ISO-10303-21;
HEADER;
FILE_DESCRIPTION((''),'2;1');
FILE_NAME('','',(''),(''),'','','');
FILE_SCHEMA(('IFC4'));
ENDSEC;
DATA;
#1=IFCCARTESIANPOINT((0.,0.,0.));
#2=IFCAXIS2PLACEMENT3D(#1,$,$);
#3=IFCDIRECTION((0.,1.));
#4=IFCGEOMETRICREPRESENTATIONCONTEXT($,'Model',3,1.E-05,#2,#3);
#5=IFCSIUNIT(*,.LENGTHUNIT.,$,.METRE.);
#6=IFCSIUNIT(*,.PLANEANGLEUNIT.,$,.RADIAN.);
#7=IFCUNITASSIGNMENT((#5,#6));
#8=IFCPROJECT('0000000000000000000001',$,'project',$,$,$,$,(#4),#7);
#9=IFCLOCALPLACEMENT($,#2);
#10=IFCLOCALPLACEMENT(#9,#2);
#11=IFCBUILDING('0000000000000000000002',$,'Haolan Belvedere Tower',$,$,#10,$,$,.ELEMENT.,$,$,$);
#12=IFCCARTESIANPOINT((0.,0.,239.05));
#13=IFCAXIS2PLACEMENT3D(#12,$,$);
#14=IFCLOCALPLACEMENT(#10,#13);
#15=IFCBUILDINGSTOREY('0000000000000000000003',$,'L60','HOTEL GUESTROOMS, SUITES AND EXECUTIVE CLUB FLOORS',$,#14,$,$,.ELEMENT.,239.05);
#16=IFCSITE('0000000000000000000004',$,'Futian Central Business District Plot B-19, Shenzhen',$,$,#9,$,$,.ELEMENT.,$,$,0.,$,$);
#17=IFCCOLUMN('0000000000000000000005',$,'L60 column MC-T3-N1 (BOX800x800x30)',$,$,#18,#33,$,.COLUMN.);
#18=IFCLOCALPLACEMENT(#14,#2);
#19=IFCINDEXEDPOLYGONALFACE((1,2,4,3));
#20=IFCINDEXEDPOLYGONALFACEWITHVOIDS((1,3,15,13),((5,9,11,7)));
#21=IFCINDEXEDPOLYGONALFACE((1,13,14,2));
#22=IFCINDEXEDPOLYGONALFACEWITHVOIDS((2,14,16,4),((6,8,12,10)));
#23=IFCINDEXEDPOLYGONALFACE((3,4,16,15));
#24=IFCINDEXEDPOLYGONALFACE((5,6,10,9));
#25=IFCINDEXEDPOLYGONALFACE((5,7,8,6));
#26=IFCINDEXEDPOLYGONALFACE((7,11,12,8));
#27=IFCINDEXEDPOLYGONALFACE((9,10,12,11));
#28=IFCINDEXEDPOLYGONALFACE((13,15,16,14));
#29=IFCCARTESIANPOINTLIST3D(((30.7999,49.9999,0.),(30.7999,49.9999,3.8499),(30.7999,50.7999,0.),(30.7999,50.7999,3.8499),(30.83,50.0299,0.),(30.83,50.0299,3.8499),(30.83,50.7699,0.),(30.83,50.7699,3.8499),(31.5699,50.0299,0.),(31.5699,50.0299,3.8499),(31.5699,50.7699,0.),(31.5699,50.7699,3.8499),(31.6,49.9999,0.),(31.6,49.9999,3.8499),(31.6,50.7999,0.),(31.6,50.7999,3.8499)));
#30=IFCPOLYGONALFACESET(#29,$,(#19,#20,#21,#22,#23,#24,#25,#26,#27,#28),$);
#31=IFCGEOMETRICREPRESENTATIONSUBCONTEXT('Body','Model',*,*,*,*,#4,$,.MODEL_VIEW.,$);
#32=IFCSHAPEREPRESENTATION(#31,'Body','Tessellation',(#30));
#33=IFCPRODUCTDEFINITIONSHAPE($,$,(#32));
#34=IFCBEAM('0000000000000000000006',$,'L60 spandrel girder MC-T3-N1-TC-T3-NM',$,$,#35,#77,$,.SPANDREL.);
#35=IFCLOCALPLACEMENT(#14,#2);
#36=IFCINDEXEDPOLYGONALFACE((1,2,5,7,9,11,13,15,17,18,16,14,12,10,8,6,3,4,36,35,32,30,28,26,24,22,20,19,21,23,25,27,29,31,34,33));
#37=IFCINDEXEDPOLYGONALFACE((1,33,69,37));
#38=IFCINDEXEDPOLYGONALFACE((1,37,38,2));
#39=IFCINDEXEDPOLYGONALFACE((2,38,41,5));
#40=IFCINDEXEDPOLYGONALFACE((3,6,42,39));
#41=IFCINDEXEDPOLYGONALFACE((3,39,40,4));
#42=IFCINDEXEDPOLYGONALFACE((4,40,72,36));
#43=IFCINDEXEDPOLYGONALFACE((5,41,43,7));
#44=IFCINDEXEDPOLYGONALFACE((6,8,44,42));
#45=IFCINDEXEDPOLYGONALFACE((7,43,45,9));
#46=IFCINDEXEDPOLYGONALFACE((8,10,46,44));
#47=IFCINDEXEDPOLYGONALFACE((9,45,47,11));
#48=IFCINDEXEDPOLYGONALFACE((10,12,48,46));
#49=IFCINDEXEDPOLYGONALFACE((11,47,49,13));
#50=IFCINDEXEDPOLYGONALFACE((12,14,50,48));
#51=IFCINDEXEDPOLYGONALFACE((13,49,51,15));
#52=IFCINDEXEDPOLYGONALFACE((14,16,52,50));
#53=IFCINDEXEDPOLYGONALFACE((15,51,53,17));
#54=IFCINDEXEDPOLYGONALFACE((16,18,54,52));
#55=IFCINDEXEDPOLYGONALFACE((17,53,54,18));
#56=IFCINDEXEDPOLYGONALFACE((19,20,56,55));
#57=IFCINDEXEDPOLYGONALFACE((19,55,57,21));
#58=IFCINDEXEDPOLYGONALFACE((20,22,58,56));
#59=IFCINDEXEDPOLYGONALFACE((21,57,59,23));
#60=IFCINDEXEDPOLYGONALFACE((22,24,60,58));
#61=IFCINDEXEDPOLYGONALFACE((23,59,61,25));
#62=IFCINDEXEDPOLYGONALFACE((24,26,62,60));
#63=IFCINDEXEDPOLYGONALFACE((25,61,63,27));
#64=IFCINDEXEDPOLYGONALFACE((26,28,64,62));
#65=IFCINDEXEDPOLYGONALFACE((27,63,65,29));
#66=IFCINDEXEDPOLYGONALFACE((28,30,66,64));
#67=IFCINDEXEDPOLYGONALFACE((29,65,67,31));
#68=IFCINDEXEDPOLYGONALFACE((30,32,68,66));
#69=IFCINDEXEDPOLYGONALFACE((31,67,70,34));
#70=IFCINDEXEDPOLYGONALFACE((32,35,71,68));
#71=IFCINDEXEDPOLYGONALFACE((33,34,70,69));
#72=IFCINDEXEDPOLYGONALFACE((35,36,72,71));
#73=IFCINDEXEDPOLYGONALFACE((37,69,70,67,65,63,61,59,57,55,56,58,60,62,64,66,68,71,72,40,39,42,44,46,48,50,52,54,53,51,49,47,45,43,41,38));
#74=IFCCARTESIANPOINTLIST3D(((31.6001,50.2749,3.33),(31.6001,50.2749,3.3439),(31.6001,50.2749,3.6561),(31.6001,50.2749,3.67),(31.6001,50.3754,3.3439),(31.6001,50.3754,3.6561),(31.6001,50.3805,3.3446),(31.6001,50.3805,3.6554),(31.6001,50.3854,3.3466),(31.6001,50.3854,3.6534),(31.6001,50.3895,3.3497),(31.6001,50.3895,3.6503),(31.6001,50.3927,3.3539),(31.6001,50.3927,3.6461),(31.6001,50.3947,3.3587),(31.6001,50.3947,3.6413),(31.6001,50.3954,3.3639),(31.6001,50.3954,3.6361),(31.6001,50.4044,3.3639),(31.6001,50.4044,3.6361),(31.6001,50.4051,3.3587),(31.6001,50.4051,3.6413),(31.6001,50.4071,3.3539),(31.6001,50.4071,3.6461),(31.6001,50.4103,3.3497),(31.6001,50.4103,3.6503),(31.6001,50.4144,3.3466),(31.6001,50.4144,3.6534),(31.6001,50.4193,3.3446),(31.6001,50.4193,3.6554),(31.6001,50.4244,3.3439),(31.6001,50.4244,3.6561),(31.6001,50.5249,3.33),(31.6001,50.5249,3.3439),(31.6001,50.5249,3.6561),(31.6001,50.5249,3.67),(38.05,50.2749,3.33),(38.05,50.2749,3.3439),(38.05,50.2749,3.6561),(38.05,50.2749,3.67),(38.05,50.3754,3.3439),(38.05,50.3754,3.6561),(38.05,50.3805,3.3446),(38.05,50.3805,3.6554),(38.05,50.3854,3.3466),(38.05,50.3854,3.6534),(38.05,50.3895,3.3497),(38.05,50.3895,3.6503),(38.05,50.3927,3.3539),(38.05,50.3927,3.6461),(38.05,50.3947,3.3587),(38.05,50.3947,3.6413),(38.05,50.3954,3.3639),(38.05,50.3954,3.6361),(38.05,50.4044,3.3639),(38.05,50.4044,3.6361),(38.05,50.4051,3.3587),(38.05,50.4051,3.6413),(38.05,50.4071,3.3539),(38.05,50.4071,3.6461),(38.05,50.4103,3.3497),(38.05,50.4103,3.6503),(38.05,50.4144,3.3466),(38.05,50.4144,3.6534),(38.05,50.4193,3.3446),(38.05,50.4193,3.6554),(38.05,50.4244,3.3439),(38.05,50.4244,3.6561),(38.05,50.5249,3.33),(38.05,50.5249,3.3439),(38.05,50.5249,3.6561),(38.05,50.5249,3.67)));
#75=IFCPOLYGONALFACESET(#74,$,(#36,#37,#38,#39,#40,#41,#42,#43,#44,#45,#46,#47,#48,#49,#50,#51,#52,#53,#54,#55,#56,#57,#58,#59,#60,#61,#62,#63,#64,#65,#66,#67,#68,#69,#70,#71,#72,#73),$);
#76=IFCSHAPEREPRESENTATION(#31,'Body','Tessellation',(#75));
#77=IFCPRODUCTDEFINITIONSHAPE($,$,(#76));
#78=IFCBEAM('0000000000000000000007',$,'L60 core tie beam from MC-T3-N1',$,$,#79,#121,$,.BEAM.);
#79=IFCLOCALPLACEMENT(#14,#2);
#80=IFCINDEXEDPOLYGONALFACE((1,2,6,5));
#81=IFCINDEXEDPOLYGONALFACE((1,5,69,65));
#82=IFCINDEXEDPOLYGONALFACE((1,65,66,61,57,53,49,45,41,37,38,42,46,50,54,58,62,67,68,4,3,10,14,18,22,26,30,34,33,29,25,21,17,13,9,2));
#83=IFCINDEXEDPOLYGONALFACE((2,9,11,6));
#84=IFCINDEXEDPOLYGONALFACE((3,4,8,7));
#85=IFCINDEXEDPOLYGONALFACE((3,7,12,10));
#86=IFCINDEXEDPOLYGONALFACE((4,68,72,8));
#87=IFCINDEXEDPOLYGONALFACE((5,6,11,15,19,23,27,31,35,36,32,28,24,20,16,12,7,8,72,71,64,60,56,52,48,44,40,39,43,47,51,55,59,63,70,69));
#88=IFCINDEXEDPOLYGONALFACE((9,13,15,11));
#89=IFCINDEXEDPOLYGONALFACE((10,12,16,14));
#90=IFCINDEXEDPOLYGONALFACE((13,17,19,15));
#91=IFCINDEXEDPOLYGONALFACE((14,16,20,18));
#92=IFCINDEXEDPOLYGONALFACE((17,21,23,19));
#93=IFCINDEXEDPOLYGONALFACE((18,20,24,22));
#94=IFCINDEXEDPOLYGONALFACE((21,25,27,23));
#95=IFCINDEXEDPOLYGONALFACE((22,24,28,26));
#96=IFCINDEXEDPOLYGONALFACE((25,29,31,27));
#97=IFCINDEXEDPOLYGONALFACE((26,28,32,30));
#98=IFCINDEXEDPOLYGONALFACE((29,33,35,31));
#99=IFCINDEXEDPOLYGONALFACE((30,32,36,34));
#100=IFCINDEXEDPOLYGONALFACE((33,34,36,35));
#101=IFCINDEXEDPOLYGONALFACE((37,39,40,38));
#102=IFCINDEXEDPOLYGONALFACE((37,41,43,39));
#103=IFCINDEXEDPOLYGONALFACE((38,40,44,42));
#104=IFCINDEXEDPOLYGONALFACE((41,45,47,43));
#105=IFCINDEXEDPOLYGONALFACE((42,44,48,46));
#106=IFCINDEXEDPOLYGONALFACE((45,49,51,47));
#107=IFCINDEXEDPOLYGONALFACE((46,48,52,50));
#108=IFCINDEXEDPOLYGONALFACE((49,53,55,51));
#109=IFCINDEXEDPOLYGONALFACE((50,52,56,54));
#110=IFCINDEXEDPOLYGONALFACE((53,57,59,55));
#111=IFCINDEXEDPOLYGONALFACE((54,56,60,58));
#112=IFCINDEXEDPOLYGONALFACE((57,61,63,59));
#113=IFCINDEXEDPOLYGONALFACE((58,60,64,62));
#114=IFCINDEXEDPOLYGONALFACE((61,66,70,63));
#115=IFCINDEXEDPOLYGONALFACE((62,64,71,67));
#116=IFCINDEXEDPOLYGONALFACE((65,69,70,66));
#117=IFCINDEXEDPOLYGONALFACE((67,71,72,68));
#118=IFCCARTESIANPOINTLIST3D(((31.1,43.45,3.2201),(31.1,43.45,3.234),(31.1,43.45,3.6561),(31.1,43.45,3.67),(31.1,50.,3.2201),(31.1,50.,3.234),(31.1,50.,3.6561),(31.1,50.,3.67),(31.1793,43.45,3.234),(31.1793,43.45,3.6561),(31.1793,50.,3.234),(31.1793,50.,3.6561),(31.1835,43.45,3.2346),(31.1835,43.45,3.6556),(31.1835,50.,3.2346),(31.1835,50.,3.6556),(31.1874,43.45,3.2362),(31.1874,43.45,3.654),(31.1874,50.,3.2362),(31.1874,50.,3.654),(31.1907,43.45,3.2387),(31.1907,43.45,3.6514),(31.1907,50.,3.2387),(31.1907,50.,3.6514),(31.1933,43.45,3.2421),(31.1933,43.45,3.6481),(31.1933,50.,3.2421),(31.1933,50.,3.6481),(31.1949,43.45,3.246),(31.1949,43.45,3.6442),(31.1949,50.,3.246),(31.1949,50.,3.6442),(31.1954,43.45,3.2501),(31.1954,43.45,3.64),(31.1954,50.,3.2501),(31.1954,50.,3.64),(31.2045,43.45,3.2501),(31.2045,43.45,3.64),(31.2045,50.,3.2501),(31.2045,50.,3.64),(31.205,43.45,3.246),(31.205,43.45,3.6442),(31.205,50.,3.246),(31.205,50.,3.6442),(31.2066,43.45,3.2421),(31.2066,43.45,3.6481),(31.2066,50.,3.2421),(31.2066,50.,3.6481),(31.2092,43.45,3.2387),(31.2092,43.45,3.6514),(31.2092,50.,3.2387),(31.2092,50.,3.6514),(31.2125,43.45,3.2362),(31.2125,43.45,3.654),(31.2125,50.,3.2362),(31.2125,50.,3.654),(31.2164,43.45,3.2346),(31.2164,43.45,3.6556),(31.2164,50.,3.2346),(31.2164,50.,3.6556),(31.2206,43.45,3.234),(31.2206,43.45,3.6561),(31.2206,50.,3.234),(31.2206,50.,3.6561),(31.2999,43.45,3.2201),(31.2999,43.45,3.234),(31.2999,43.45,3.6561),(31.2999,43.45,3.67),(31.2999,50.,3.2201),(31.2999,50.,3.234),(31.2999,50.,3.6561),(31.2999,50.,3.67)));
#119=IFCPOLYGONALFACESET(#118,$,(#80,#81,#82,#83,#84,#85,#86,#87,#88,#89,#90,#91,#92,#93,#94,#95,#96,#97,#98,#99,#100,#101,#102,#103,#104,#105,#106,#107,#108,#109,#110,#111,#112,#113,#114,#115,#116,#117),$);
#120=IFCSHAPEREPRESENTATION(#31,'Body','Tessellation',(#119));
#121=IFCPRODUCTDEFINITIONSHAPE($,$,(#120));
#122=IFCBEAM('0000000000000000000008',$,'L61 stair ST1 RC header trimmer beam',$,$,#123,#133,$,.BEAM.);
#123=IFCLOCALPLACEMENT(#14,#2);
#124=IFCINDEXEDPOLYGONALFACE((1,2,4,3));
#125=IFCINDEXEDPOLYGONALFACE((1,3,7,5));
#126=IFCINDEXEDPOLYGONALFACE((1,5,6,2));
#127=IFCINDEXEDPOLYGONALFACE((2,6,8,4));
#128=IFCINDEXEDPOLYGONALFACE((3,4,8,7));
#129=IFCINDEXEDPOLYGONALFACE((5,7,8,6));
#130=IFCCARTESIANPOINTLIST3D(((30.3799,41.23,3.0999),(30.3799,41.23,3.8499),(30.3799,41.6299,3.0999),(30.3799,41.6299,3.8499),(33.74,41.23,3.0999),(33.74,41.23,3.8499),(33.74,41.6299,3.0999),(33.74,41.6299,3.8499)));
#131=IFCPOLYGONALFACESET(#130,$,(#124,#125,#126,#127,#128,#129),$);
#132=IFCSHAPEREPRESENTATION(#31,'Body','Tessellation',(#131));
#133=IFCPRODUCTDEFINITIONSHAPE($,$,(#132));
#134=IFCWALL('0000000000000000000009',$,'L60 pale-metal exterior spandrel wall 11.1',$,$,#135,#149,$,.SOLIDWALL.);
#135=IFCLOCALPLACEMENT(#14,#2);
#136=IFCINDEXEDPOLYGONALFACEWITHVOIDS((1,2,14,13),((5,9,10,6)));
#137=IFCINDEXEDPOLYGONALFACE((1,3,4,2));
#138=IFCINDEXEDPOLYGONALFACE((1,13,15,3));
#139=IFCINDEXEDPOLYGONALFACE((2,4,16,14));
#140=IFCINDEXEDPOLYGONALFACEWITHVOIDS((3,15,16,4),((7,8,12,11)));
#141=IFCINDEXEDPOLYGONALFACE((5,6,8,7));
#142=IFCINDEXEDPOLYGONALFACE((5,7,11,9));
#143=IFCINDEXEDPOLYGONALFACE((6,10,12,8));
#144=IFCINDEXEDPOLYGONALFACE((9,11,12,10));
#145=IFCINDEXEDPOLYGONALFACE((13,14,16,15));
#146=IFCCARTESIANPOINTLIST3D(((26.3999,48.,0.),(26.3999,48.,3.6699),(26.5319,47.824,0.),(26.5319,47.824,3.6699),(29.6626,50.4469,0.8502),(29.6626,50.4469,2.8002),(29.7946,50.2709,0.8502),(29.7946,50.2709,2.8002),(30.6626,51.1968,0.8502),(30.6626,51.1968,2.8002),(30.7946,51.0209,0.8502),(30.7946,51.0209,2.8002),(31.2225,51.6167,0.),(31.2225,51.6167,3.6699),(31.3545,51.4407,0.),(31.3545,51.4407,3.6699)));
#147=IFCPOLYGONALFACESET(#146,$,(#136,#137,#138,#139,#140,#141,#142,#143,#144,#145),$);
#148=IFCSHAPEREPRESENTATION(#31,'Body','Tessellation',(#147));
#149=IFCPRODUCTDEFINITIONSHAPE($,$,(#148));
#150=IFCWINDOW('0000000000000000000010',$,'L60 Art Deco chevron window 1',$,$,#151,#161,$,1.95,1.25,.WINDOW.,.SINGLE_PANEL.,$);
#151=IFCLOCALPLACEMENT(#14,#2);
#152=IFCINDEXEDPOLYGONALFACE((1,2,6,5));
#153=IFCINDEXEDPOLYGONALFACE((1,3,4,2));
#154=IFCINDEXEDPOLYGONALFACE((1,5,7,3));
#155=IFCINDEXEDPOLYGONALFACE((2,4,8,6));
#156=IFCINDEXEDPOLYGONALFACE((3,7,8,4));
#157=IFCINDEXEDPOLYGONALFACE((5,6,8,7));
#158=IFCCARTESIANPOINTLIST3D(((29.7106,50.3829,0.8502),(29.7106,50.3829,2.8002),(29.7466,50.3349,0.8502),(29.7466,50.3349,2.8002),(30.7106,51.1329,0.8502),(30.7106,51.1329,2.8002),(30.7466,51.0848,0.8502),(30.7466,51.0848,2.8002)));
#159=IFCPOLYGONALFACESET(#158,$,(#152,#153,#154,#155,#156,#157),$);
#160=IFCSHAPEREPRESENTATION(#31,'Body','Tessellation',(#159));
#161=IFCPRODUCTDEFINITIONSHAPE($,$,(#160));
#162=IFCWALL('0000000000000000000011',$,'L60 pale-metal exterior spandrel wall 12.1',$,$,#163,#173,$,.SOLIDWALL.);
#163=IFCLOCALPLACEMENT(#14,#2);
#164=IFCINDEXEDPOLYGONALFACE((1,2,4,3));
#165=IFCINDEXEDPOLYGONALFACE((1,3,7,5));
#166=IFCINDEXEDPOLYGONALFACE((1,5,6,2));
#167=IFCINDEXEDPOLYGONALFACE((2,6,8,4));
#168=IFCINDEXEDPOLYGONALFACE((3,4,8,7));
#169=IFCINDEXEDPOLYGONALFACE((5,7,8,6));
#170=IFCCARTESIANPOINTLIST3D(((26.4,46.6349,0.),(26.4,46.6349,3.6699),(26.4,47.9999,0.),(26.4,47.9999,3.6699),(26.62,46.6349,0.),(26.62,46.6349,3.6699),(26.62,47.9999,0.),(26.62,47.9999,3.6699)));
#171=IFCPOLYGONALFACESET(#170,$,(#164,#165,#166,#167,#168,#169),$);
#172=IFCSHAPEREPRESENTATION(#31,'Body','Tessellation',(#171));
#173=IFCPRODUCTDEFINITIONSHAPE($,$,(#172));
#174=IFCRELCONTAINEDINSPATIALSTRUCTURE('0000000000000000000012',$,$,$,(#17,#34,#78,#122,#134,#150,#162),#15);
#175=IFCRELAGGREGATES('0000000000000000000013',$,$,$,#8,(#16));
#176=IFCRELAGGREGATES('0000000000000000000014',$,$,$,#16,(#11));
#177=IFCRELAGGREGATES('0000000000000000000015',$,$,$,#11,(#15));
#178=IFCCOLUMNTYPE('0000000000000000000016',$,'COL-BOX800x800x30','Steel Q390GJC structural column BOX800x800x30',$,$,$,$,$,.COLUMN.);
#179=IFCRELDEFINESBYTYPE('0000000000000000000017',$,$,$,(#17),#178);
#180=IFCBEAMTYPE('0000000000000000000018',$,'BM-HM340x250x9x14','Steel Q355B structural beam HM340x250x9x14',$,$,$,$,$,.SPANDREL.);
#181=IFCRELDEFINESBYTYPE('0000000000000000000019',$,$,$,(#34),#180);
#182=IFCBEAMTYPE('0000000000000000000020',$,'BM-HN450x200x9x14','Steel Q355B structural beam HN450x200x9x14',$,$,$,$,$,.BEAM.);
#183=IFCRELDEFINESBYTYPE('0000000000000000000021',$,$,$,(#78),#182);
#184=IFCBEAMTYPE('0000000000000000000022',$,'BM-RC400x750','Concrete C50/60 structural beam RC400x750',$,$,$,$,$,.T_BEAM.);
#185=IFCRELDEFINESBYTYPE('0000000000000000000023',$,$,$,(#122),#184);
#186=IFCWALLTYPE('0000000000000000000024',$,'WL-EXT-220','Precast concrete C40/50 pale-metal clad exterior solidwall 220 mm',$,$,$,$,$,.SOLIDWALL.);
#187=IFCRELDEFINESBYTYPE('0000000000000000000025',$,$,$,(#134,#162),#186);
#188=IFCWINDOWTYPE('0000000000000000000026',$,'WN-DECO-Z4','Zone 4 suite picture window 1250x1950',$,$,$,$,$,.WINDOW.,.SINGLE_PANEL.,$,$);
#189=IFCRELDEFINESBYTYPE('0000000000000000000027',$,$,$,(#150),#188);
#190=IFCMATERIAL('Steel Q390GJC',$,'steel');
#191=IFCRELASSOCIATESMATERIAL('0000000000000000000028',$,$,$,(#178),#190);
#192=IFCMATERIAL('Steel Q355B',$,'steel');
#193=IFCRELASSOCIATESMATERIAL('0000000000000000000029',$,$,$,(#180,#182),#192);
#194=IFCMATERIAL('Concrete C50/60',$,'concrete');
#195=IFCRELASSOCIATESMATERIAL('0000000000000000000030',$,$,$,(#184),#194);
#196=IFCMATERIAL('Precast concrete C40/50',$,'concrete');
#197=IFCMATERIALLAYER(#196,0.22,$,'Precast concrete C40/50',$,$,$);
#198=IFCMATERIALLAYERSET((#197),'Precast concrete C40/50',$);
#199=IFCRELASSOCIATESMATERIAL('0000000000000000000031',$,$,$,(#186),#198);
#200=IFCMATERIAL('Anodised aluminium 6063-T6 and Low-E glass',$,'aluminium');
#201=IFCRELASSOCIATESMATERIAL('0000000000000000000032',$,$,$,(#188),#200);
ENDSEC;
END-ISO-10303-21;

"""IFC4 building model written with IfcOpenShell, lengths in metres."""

from ifc_helpers import new_model, si_unit, direction, frame, frame_2d, origin, origin_2d, place, context, subcontext, project, spatial, rectangle, hollow_rectangle, i_section, extrude, material, layer, layer_set, material_profile, profile_set, type_object, element, fill, save


model = new_model("IFC4")

# Units and contexts
model_context = context("Model", 3, precision=1e-05, world=origin(), true_north=direction((0.0, 1.0)))
body_context = subcontext(model_context, "Body", "Model", "MODEL_VIEW")
ifc_project = project(units=[si_unit("LENGTHUNIT", "METRE"), si_unit("PLANEANGLEUNIT", "RADIAN")], contexts=[model_context])

# Site, building, storey
site_placement = place(None, origin())
site = spatial("IfcSite", under=ifc_project, at=site_placement, Name="Futian Central Business District Plot B-19, Shenzhen", CompositionType="ELEMENT", RefElevation=0.0)
building_placement = place(site_placement, origin())
building = spatial("IfcBuilding", under=site, at=building_placement, Name="Haolan Belvedere Tower", CompositionType="ELEMENT")
storey_placement = place(building_placement, frame((0.0, 0.0, 239.05)))
storey = spatial("IfcBuildingStorey", under=building, at=storey_placement, Name="L60", Description="HOTEL GUESTROOMS, SUITES AND EXECUTIVE CLUB FLOORS", CompositionType="ELEMENT", Elevation=239.05)

# Column
ifc_material_1 = material(Name="Steel Q390GJC", Category="steel")
ifc_material_profile_1 = material_profile(ifc_material_1, hollow_rectangle(XDim=0.8, YDim=0.8, WallThickness=0.03, at=origin_2d()), Name="Steel Q390GJC")
ifc_profile_set_1 = profile_set([ifc_material_profile_1], Name="Steel Q390GJC")
column_type = type_object("IfcColumnType", Name="COL-BOX800x800x30", Description="Steel Q390GJC structural column BOX800x800x30", PredefinedType="COLUMN", material=ifc_profile_set_1)
column_placement = place(storey_placement, frame((31.2, 50.3999, 0.0), z_axis=(0.0, 0.0, 1.0), x_axis=(1.0, 0.0, 0.0)))
element("IfcColumn", 1, at=column_placement, inside=storey, type_object=column_type, Name="L60 column MC-T3-N1 (BOX800x800x30)", PredefinedType="COLUMN", context=body_context, shape_type="SweptSolid", body=[
    extrude(hollow_rectangle(XDim=0.8, YDim=0.8, WallThickness=0.03, at=origin_2d()), origin(), (0.0, 0.0, 1.0), 3.8499),
])

# Beams
ifc_material_2 = material(Name="Steel Q355B", Category="steel")
ifc_material_profile_2 = material_profile(ifc_material_2, i_section(OverallWidth=0.25, OverallDepth=0.3401, WebThickness=0.009, FlangeThickness=0.0139, FilletRadius=0.02, at=origin_2d()), Name="Steel Q355B")
ifc_profile_set_2 = profile_set([ifc_material_profile_2], Name="Steel Q355B")
beam_type_1 = type_object("IfcBeamType", Name="BM-HM340x250x9x14", Description="Steel Q355B structural beam HM340x250x9x14", PredefinedType="SPANDREL", material=ifc_profile_set_2)
beam_1_placement = place(storey_placement, frame((31.6001, 50.3999, 3.5), z_axis=(1.0, 0.0, 0.0), x_axis=(0.0, 1.0, 0.0)))
element("IfcBeam", 2, at=beam_1_placement, inside=storey, type_object=beam_type_1, Name="L60 spandrel girder MC-T3-N1-TC-T3-NM", PredefinedType="SPANDREL", context=body_context, shape_type="SweptSolid", body=[
    extrude(i_section(OverallWidth=0.25, OverallDepth=0.3401, WebThickness=0.009, FlangeThickness=0.0139, FilletRadius=0.02, at=origin_2d()), origin(), (0.0, 0.0, 1.0), 6.45),
])
ifc_material_profile_3 = material_profile(ifc_material_2, i_section(OverallWidth=0.2, OverallDepth=0.45, WebThickness=0.009, FlangeThickness=0.0139, FilletRadius=0.0161, at=origin_2d()), Name="Steel Q355B")
ifc_profile_set_3 = profile_set([ifc_material_profile_3], Name="Steel Q355B")
beam_type_2 = type_object("IfcBeamType", Name="BM-HN450x200x9x14", Description="Steel Q355B structural beam HN450x200x9x14", PredefinedType="BEAM", material=ifc_profile_set_3)
beam_2_placement = place(storey_placement, frame((31.2, 50.0, 3.4451), z_axis=(0.0, -1.0, 0.0), x_axis=(1.0, 0.0, 0.0)))
element("IfcBeam", 3, at=beam_2_placement, inside=storey, type_object=beam_type_2, Name="L60 core tie beam from MC-T3-N1", PredefinedType="BEAM", context=body_context, shape_type="SweptSolid", body=[
    extrude(i_section(OverallWidth=0.2, OverallDepth=0.45, WebThickness=0.009, FlangeThickness=0.0139, FilletRadius=0.0161, at=origin_2d()), origin(), (0.0, 0.0, 1.0), 6.55),
])
ifc_material_3 = material(Name="Concrete C50/60", Category="concrete")
ifc_material_profile_4 = material_profile(ifc_material_3, rectangle(XDim=0.3999, YDim=0.75, at=origin_2d()), Name="Concrete C50/60")
ifc_profile_set_4 = profile_set([ifc_material_profile_4], Name="Concrete C50/60")
beam_type_3 = type_object("IfcBeamType", Name="BM-RC400x750", Description="Concrete C50/60 structural beam RC400x750", PredefinedType="T_BEAM", material=ifc_profile_set_4)
beam_3_placement = place(storey_placement, frame((30.3799, 41.4299, 3.4749), z_axis=(1.0, 0.0, 0.0), x_axis=(0.0, 1.0, 0.0)))
element("IfcBeam", 4, at=beam_3_placement, inside=storey, type_object=beam_type_3, Name="L61 stair ST1 RC header trimmer beam", PredefinedType="BEAM", context=body_context, shape_type="SweptSolid", body=[
    extrude(rectangle(XDim=0.3999, YDim=0.75, at=origin_2d()), origin(), (0.0, 0.0, 1.0), 3.3601),
])

# Wall, opening, window
ifc_material_4 = material(Name="Precast concrete C40/50", Category="concrete")
ifc_layer_1 = layer(ifc_material_4, 0.22, Name="Precast concrete C40/50")
ifc_layer_set_1 = layer_set([ifc_layer_1], Name="Precast concrete C40/50")
wall_type_1 = type_object("IfcWallType", Name="WL-EXT-220", Description="Precast concrete C40/50 pale-metal clad exterior solidwall 220 mm", PredefinedType="SOLIDWALL", material=ifc_layer_set_1)
wall_1_placement = place(storey_placement, frame((31.2886, 51.5288, 0.0), z_axis=(0.0, 0.0, 1.0), x_axis=(-0.800015, -0.599981, 0.0)))
wall_1 = element("IfcWall", 5, at=wall_1_placement, inside=storey, type_object=wall_type_1, Name="L60 pale-metal exterior spandrel wall 11.1", PredefinedType="SOLIDWALL", context=body_context, shape_type="SweptSolid", body=[
    extrude(rectangle(XDim=6.0281, YDim=0.22, at=frame_2d((3.0142, 0.0))), origin(), (0.0, 0.0, 1.0), 3.6699),
])
opening_1_placement = place(wall_1_placement, frame((0.7, 0.0, 0.8501)))
opening_1 = element("IfcOpeningElement", 6, at=opening_1_placement, cuts=wall_1, PredefinedType="OPENING", context=body_context, shape_type="SweptSolid", body=[
    extrude(rectangle(XDim=1.25, YDim=1.95, at=frame_2d((0.625, 0.9751))), frame((0.0, 0.1199, 0.0), z_axis=(0.0, -1.0, 0.0), x_axis=(1.0, 0.0, 0.0)), (0.0, 0.0, 1.0), 0.24),
])
ifc_material_5 = material(Name="Anodised aluminium 6063-T6 and Low-E glass", Category="aluminium")
window_type = type_object("IfcWindowType", Name="WN-DECO-Z4", Description="Zone 4 suite picture window 1250x1950", PartitioningType="SINGLE_PANEL", PredefinedType="WINDOW", material=ifc_material_5)
window_placement = place(opening_1_placement, origin())
window = element("IfcWindow", 7, at=window_placement, inside=storey, type_object=window_type, Name="L60 Art Deco chevron window 1", OverallHeight=1.95, OverallWidth=1.25, PartitioningType="SINGLE_PANEL", PredefinedType="WINDOW", context=body_context, shape_type="SweptSolid", body=[
    extrude(rectangle(XDim=1.25, YDim=1.95, at=frame_2d((0.625, 0.9751))), frame((0.0, 0.03, 0.0), z_axis=(0.0, -1.0, 0.0), x_axis=(1.0, 0.0, 0.0)), (0.0, 0.0, 1.0), 0.0601),
])
fill(opening_1, window)

# Wall
wall_2_placement = place(storey_placement, frame((26.51, 48.0, 0.0), z_axis=(0.0, 0.0, 1.0), x_axis=(0.0, -1.0, 0.0)))
element("IfcWall", 8, at=wall_2_placement, inside=storey, type_object=wall_type_1, Name="L60 pale-metal exterior spandrel wall 12.1", PredefinedType="SOLIDWALL", context=body_context, shape_type="SweptSolid", body=[
    extrude(rectangle(XDim=1.365, YDim=0.22, at=frame_2d((0.6826, 0.0))), origin(), (0.0, 0.0, 1.0), 3.6699),
])

save(model, "model.ifc")
